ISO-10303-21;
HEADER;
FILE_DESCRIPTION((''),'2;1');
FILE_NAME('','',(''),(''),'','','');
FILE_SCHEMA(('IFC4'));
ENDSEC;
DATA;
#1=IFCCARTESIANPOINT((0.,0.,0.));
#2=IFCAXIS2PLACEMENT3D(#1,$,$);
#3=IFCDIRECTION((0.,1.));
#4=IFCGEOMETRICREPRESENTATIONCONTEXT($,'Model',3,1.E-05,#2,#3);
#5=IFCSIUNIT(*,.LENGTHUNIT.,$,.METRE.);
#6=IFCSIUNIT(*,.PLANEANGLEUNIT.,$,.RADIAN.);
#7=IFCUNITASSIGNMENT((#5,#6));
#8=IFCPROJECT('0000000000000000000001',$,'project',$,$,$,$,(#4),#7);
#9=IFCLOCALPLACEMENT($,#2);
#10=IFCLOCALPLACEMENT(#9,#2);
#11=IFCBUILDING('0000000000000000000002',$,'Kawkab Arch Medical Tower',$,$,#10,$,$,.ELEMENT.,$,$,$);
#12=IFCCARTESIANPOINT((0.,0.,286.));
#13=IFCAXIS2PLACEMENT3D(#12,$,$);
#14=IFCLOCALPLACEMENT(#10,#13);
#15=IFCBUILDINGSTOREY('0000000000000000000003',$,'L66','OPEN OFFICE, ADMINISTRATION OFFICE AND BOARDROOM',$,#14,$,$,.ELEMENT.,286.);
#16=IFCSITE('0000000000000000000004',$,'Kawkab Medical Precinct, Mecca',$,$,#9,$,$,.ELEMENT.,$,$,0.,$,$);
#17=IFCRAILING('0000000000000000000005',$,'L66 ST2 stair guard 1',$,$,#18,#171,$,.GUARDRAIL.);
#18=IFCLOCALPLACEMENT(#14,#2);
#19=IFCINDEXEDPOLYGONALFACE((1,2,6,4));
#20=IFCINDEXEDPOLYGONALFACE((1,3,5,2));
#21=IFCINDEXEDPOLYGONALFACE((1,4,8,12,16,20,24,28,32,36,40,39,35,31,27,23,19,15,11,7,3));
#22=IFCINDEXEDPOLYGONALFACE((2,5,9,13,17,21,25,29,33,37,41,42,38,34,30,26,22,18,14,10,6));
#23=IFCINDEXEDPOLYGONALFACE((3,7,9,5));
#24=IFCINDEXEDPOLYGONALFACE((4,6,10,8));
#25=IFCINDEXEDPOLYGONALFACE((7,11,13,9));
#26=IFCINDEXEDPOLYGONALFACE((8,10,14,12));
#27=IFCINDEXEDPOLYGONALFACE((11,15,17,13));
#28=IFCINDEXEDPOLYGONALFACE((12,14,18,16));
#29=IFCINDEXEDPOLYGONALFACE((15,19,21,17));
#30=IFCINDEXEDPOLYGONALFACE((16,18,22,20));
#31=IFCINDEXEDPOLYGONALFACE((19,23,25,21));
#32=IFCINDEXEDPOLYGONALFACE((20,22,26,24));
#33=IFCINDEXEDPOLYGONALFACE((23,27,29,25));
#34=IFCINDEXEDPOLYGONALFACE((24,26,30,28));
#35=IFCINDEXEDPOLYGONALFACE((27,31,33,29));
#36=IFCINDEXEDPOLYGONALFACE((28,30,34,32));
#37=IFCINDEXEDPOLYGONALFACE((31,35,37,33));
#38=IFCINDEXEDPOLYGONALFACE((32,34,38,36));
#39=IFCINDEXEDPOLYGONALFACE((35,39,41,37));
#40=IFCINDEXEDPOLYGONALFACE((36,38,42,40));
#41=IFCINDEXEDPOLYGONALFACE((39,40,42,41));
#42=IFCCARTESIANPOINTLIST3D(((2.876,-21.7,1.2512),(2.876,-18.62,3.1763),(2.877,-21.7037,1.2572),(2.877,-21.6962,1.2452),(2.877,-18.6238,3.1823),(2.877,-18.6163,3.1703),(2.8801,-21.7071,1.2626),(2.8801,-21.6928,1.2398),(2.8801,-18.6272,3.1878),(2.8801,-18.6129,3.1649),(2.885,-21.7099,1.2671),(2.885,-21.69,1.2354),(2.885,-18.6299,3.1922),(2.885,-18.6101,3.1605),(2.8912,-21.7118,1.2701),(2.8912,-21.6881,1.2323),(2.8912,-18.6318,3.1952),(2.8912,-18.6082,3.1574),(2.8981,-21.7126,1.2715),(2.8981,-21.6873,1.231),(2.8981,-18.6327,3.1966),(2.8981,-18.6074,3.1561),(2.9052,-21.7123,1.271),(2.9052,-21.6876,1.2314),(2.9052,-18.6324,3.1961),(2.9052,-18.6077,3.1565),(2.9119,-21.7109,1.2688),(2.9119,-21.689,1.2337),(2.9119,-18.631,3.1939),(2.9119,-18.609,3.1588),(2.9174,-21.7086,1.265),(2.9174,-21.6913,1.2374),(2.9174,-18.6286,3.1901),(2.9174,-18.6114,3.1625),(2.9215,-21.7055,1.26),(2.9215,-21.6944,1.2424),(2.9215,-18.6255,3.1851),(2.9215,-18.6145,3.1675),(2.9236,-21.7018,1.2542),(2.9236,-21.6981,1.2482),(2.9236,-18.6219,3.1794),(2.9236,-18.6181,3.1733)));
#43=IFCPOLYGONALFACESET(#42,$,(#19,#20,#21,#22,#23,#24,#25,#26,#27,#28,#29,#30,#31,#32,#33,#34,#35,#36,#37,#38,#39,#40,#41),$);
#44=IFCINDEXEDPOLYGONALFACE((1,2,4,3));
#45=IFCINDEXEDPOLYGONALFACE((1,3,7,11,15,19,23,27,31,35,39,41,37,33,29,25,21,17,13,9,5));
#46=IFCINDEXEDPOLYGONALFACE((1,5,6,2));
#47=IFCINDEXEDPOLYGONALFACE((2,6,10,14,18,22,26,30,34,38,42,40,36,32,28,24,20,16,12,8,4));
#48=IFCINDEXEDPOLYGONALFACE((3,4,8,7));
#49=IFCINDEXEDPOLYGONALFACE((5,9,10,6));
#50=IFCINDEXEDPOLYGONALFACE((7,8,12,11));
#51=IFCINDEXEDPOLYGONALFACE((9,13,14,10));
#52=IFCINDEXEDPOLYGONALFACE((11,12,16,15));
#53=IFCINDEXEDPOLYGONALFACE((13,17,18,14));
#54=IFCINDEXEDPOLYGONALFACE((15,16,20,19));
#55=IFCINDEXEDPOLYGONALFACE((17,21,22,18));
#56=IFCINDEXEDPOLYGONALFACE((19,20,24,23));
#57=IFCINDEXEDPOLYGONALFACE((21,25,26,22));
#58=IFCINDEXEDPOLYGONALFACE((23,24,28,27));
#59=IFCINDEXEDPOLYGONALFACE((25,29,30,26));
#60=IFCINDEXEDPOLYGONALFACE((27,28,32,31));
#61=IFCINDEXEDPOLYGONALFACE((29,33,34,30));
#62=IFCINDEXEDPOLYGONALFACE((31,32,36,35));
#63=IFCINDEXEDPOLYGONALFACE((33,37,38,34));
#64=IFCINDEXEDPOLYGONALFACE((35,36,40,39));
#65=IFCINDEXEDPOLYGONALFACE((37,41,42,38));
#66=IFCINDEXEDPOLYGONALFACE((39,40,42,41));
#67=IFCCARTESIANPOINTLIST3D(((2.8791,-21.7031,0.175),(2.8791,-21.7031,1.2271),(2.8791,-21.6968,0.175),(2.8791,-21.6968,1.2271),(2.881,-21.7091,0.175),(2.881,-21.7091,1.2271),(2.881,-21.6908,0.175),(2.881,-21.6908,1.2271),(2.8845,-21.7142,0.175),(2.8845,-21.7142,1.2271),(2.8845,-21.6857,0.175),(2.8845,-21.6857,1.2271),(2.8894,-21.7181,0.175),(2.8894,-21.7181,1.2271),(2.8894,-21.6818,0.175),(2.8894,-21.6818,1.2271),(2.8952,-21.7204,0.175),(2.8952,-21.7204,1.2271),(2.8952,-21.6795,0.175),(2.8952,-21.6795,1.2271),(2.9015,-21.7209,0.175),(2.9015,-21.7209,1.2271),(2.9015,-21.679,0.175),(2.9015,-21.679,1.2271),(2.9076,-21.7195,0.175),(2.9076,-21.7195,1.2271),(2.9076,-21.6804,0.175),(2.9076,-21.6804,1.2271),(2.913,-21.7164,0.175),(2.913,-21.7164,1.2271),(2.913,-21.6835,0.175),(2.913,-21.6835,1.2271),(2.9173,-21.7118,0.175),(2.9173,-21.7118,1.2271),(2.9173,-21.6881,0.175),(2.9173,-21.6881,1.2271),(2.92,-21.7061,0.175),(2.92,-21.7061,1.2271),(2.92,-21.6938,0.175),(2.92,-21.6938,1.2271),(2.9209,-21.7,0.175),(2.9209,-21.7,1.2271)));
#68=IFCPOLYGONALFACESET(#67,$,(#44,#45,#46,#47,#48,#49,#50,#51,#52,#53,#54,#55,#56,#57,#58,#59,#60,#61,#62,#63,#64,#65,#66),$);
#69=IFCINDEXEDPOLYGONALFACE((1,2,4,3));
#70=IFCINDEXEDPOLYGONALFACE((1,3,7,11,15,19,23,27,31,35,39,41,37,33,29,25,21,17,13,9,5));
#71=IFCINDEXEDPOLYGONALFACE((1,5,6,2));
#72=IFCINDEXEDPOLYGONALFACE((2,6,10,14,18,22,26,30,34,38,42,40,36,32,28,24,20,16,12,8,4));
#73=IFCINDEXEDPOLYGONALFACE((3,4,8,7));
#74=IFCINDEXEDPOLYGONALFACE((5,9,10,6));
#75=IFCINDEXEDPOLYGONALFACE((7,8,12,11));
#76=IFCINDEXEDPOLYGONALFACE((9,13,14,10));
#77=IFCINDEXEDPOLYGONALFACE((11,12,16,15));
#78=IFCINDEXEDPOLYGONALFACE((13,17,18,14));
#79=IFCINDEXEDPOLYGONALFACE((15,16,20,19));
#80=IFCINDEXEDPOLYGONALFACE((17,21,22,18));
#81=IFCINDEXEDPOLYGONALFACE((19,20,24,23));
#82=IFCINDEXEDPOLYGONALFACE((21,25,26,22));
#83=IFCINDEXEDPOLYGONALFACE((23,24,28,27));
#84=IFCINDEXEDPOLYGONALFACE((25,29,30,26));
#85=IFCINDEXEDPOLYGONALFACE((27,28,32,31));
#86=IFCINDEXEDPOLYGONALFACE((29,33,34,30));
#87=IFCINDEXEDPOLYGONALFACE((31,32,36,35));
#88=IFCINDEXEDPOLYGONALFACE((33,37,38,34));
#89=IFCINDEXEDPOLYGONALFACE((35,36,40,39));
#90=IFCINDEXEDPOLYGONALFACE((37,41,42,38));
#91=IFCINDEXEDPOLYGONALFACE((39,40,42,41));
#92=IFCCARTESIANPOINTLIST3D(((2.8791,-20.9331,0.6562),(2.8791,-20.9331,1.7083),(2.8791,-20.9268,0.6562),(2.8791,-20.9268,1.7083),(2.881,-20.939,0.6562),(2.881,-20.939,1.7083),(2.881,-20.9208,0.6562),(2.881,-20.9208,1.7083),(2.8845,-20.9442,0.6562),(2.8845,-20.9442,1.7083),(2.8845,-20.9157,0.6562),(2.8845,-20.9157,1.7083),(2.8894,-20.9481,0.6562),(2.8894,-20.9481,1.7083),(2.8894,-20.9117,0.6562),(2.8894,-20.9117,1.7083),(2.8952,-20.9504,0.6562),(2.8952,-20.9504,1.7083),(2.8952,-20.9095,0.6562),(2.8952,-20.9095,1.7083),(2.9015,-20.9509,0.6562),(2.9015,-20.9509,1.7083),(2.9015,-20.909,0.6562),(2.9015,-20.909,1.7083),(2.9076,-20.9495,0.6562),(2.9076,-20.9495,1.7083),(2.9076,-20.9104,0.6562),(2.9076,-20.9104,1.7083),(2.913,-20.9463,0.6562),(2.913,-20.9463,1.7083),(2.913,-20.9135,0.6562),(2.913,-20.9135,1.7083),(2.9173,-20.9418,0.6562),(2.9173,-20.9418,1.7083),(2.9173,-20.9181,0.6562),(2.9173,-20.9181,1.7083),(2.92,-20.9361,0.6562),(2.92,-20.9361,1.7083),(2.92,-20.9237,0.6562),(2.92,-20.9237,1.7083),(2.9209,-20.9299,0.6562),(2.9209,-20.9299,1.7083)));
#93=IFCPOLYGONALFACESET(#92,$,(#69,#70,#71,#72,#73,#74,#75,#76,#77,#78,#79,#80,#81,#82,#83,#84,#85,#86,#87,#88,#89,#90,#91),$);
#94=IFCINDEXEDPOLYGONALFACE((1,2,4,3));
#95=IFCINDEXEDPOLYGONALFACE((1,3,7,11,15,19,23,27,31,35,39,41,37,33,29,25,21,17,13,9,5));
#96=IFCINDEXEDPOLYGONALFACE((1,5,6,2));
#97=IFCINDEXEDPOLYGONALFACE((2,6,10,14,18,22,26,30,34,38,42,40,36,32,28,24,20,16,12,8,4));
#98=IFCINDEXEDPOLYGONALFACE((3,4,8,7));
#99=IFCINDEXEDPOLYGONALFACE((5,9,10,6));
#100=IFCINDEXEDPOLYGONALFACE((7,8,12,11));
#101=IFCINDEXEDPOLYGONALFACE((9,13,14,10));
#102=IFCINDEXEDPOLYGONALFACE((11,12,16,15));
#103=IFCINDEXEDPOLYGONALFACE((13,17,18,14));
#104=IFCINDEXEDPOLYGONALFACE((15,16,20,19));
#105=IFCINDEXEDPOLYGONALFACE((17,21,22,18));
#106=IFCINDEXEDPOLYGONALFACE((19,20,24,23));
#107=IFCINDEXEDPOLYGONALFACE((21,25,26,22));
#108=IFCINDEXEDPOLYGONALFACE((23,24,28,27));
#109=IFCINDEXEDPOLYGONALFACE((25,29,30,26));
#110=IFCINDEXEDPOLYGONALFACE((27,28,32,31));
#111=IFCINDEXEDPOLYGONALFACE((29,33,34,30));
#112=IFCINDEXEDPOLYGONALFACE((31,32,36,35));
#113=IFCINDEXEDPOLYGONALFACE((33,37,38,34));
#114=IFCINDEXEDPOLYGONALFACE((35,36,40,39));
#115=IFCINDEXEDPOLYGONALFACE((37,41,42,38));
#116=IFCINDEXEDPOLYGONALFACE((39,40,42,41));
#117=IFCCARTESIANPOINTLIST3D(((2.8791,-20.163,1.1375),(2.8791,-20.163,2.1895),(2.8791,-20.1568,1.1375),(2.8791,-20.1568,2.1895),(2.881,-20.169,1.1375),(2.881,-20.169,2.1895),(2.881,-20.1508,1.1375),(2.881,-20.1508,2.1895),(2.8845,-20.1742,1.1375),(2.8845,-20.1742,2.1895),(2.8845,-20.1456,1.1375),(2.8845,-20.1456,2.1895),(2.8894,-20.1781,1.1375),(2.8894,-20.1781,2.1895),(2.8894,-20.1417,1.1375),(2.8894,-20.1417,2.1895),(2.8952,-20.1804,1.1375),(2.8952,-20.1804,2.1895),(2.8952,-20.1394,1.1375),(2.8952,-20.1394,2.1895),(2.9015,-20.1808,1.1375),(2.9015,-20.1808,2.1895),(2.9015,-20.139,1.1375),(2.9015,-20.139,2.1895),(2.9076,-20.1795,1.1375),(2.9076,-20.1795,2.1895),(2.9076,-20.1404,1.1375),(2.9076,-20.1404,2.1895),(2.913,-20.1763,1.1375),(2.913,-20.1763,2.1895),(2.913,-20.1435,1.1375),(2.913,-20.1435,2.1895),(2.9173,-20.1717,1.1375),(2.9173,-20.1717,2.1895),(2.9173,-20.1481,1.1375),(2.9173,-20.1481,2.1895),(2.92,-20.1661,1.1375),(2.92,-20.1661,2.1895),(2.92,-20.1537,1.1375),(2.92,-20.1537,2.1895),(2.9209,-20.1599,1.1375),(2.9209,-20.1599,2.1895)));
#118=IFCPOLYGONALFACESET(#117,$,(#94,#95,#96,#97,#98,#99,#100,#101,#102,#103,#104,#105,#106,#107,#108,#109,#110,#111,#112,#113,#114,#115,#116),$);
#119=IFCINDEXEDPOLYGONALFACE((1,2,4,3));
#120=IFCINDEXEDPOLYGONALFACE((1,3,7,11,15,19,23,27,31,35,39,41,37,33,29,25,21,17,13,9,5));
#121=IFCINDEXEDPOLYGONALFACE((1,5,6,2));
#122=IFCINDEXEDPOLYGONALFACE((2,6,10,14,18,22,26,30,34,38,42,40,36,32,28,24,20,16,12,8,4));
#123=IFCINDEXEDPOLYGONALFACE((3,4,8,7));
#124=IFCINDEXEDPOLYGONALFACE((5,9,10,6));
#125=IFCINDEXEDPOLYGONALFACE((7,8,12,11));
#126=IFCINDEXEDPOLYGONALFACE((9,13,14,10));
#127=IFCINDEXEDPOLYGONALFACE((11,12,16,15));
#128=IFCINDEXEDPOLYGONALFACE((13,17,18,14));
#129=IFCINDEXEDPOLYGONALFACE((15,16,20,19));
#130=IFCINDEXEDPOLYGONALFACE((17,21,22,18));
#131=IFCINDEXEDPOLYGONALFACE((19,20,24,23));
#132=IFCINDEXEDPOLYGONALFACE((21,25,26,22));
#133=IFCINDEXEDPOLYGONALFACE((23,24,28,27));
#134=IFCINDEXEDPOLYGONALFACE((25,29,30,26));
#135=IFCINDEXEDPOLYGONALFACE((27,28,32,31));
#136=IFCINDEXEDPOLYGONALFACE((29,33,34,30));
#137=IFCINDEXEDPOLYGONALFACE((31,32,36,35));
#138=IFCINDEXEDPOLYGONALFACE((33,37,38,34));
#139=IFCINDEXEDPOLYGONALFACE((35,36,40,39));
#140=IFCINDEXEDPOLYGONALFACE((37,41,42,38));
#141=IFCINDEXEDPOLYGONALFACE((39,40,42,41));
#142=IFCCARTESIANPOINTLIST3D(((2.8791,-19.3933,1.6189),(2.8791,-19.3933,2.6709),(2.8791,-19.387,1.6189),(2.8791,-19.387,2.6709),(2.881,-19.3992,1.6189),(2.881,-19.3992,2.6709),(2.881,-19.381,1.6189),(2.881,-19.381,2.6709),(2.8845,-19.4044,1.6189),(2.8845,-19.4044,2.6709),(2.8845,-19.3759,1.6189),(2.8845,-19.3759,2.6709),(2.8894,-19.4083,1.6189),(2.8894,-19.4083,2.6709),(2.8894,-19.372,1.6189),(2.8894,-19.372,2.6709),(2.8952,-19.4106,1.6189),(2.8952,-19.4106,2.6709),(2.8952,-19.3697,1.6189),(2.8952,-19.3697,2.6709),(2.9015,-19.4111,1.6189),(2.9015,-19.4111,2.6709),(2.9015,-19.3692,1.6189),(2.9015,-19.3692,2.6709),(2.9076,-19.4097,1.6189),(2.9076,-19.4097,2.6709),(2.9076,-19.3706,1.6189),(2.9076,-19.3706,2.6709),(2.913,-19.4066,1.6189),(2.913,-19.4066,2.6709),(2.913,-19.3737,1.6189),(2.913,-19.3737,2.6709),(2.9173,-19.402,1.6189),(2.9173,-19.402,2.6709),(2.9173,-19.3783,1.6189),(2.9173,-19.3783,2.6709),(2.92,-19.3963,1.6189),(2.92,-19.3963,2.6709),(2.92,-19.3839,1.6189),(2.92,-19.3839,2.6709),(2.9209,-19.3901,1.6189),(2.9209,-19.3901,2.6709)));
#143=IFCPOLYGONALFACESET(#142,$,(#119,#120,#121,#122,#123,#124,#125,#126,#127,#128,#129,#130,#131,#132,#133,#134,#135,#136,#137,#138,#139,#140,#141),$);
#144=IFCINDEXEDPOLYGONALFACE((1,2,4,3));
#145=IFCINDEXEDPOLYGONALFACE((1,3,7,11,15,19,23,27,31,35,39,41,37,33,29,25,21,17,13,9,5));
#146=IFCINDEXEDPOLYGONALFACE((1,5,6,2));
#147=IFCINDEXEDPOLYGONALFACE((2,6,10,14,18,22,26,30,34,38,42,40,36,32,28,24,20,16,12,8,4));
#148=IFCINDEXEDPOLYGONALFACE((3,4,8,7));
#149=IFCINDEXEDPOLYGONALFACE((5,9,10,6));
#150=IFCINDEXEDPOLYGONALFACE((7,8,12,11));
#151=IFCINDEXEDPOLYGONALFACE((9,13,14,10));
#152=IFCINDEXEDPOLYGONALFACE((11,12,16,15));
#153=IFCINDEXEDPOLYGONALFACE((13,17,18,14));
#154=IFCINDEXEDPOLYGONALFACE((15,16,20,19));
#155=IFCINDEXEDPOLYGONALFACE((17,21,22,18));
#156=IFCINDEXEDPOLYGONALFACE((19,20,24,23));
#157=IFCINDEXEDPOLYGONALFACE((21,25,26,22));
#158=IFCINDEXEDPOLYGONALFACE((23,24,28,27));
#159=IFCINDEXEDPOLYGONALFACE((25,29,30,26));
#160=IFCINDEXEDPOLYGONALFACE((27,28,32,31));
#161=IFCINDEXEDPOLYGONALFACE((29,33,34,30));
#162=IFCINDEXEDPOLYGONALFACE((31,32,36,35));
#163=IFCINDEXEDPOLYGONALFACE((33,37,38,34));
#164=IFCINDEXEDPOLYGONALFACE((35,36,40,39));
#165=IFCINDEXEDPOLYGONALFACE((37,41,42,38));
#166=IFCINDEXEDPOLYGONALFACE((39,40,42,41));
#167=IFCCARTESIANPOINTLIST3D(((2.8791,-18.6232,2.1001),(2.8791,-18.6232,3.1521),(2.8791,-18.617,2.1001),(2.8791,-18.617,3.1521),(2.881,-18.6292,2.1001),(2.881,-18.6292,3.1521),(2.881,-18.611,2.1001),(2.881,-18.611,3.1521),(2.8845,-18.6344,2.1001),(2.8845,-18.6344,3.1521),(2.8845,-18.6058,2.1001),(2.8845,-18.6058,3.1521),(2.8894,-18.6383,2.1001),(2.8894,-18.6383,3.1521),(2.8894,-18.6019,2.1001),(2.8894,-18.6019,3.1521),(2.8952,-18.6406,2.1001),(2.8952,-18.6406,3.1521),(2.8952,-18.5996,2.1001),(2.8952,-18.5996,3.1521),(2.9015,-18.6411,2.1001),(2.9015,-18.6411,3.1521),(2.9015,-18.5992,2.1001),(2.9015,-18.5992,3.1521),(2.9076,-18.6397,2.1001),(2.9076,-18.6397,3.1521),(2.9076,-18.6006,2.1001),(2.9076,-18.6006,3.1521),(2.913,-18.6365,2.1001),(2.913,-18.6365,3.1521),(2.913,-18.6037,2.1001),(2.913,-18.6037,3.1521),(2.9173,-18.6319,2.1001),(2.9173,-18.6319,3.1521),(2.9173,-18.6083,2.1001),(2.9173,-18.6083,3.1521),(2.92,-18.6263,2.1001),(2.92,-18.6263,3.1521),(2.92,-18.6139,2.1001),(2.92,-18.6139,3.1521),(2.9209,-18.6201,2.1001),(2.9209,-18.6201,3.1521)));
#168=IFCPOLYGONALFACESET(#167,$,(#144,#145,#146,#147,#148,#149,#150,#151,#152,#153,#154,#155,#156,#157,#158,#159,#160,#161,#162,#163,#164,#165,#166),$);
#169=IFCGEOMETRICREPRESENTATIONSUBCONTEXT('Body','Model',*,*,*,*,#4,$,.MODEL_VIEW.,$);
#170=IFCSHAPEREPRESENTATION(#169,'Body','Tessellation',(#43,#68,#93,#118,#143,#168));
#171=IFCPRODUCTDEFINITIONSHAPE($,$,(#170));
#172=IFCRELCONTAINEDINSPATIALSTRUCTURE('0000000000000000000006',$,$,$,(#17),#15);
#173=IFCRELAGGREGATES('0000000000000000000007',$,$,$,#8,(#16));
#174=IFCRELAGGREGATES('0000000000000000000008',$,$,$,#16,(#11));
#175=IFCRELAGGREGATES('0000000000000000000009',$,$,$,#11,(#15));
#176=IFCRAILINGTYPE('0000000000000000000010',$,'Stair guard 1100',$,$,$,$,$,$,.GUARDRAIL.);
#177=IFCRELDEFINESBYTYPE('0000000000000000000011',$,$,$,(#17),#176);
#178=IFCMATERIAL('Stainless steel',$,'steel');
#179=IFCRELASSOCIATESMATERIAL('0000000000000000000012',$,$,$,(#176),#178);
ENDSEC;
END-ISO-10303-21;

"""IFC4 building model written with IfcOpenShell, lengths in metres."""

from ifc_helpers import new_model, si_unit, direction, frame, origin, origin_2d, place, context, subcontext, project, spatial, circle, extrude, material, type_object, element, save


model = new_model("IFC4")

# Units and contexts
model_context = context("Model", 3, precision=1e-05, world=origin(), true_north=direction((0.0, 1.0)))
body_context = subcontext(model_context, "Body", "Model", "MODEL_VIEW")
ifc_project = project(units=[si_unit("LENGTHUNIT", "METRE"), si_unit("PLANEANGLEUNIT", "RADIAN")], contexts=[model_context])

# Site, building, storey
site_placement = place(None, origin())
site = spatial("IfcSite", under=ifc_project, at=site_placement, Name="Kawkab Medical Precinct, Mecca", CompositionType="ELEMENT", RefElevation=0.0)
building_placement = place(site_placement, origin())
building = spatial("IfcBuilding", under=site, at=building_placement, Name="Kawkab Arch Medical Tower", CompositionType="ELEMENT")
storey_placement = place(building_placement, frame((0.0, 0.0, 286.0)))
storey = spatial("IfcBuildingStorey", under=building, at=storey_placement, Name="L66", Description="OPEN OFFICE, ADMINISTRATION OFFICE AND BOARDROOM", CompositionType="ELEMENT", Elevation=286.0)

# Railing
ifc_material_1 = material(Name="Stainless steel", Category="steel")
railing_type = type_object("IfcRailingType", Name="Stair guard 1100", PredefinedType="GUARDRAIL", material=ifc_material_1)
railing_1_placement = place(storey_placement, frame((2.8999, -21.7, 0.175)))
element("IfcRailing", 1, at=railing_1_placement, inside=storey, type_object=railing_type, Name="L66 ST2 stair guard 1", PredefinedType="GUARDRAIL", context=body_context, shape_type="SweptSolid", body=[
    extrude(circle(Radius=0.0239, at=origin_2d()), frame((0.0, 0.0, 1.0762), z_axis=(0.0, 0.847979, 0.530029), x_axis=(-1.0, 0.0, 0.0)), (0.0, 0.0, 1.0), 3.6321),
    extrude(circle(Radius=0.021, at=origin_2d()), origin(), (0.0, 0.0, 1.0), 1.052),
    extrude(circle(Radius=0.021, at=origin_2d()), frame((0.0, 0.77, 0.4812)), (0.0, 0.0, 1.0), 1.052),
    extrude(circle(Radius=0.021, at=origin_2d()), frame((0.0, 1.54, 0.9624)), (0.0, 0.0, 1.0), 1.052),
    extrude(circle(Radius=0.021, at=origin_2d()), frame((0.0, 2.3098, 1.4438)), (0.0, 0.0, 1.0), 1.052),
    extrude(circle(Radius=0.021, at=origin_2d()), frame((0.0, 3.0798, 1.925)), (0.0, 0.0, 1.0), 1.052),
])

save(model, "model.ifc")
